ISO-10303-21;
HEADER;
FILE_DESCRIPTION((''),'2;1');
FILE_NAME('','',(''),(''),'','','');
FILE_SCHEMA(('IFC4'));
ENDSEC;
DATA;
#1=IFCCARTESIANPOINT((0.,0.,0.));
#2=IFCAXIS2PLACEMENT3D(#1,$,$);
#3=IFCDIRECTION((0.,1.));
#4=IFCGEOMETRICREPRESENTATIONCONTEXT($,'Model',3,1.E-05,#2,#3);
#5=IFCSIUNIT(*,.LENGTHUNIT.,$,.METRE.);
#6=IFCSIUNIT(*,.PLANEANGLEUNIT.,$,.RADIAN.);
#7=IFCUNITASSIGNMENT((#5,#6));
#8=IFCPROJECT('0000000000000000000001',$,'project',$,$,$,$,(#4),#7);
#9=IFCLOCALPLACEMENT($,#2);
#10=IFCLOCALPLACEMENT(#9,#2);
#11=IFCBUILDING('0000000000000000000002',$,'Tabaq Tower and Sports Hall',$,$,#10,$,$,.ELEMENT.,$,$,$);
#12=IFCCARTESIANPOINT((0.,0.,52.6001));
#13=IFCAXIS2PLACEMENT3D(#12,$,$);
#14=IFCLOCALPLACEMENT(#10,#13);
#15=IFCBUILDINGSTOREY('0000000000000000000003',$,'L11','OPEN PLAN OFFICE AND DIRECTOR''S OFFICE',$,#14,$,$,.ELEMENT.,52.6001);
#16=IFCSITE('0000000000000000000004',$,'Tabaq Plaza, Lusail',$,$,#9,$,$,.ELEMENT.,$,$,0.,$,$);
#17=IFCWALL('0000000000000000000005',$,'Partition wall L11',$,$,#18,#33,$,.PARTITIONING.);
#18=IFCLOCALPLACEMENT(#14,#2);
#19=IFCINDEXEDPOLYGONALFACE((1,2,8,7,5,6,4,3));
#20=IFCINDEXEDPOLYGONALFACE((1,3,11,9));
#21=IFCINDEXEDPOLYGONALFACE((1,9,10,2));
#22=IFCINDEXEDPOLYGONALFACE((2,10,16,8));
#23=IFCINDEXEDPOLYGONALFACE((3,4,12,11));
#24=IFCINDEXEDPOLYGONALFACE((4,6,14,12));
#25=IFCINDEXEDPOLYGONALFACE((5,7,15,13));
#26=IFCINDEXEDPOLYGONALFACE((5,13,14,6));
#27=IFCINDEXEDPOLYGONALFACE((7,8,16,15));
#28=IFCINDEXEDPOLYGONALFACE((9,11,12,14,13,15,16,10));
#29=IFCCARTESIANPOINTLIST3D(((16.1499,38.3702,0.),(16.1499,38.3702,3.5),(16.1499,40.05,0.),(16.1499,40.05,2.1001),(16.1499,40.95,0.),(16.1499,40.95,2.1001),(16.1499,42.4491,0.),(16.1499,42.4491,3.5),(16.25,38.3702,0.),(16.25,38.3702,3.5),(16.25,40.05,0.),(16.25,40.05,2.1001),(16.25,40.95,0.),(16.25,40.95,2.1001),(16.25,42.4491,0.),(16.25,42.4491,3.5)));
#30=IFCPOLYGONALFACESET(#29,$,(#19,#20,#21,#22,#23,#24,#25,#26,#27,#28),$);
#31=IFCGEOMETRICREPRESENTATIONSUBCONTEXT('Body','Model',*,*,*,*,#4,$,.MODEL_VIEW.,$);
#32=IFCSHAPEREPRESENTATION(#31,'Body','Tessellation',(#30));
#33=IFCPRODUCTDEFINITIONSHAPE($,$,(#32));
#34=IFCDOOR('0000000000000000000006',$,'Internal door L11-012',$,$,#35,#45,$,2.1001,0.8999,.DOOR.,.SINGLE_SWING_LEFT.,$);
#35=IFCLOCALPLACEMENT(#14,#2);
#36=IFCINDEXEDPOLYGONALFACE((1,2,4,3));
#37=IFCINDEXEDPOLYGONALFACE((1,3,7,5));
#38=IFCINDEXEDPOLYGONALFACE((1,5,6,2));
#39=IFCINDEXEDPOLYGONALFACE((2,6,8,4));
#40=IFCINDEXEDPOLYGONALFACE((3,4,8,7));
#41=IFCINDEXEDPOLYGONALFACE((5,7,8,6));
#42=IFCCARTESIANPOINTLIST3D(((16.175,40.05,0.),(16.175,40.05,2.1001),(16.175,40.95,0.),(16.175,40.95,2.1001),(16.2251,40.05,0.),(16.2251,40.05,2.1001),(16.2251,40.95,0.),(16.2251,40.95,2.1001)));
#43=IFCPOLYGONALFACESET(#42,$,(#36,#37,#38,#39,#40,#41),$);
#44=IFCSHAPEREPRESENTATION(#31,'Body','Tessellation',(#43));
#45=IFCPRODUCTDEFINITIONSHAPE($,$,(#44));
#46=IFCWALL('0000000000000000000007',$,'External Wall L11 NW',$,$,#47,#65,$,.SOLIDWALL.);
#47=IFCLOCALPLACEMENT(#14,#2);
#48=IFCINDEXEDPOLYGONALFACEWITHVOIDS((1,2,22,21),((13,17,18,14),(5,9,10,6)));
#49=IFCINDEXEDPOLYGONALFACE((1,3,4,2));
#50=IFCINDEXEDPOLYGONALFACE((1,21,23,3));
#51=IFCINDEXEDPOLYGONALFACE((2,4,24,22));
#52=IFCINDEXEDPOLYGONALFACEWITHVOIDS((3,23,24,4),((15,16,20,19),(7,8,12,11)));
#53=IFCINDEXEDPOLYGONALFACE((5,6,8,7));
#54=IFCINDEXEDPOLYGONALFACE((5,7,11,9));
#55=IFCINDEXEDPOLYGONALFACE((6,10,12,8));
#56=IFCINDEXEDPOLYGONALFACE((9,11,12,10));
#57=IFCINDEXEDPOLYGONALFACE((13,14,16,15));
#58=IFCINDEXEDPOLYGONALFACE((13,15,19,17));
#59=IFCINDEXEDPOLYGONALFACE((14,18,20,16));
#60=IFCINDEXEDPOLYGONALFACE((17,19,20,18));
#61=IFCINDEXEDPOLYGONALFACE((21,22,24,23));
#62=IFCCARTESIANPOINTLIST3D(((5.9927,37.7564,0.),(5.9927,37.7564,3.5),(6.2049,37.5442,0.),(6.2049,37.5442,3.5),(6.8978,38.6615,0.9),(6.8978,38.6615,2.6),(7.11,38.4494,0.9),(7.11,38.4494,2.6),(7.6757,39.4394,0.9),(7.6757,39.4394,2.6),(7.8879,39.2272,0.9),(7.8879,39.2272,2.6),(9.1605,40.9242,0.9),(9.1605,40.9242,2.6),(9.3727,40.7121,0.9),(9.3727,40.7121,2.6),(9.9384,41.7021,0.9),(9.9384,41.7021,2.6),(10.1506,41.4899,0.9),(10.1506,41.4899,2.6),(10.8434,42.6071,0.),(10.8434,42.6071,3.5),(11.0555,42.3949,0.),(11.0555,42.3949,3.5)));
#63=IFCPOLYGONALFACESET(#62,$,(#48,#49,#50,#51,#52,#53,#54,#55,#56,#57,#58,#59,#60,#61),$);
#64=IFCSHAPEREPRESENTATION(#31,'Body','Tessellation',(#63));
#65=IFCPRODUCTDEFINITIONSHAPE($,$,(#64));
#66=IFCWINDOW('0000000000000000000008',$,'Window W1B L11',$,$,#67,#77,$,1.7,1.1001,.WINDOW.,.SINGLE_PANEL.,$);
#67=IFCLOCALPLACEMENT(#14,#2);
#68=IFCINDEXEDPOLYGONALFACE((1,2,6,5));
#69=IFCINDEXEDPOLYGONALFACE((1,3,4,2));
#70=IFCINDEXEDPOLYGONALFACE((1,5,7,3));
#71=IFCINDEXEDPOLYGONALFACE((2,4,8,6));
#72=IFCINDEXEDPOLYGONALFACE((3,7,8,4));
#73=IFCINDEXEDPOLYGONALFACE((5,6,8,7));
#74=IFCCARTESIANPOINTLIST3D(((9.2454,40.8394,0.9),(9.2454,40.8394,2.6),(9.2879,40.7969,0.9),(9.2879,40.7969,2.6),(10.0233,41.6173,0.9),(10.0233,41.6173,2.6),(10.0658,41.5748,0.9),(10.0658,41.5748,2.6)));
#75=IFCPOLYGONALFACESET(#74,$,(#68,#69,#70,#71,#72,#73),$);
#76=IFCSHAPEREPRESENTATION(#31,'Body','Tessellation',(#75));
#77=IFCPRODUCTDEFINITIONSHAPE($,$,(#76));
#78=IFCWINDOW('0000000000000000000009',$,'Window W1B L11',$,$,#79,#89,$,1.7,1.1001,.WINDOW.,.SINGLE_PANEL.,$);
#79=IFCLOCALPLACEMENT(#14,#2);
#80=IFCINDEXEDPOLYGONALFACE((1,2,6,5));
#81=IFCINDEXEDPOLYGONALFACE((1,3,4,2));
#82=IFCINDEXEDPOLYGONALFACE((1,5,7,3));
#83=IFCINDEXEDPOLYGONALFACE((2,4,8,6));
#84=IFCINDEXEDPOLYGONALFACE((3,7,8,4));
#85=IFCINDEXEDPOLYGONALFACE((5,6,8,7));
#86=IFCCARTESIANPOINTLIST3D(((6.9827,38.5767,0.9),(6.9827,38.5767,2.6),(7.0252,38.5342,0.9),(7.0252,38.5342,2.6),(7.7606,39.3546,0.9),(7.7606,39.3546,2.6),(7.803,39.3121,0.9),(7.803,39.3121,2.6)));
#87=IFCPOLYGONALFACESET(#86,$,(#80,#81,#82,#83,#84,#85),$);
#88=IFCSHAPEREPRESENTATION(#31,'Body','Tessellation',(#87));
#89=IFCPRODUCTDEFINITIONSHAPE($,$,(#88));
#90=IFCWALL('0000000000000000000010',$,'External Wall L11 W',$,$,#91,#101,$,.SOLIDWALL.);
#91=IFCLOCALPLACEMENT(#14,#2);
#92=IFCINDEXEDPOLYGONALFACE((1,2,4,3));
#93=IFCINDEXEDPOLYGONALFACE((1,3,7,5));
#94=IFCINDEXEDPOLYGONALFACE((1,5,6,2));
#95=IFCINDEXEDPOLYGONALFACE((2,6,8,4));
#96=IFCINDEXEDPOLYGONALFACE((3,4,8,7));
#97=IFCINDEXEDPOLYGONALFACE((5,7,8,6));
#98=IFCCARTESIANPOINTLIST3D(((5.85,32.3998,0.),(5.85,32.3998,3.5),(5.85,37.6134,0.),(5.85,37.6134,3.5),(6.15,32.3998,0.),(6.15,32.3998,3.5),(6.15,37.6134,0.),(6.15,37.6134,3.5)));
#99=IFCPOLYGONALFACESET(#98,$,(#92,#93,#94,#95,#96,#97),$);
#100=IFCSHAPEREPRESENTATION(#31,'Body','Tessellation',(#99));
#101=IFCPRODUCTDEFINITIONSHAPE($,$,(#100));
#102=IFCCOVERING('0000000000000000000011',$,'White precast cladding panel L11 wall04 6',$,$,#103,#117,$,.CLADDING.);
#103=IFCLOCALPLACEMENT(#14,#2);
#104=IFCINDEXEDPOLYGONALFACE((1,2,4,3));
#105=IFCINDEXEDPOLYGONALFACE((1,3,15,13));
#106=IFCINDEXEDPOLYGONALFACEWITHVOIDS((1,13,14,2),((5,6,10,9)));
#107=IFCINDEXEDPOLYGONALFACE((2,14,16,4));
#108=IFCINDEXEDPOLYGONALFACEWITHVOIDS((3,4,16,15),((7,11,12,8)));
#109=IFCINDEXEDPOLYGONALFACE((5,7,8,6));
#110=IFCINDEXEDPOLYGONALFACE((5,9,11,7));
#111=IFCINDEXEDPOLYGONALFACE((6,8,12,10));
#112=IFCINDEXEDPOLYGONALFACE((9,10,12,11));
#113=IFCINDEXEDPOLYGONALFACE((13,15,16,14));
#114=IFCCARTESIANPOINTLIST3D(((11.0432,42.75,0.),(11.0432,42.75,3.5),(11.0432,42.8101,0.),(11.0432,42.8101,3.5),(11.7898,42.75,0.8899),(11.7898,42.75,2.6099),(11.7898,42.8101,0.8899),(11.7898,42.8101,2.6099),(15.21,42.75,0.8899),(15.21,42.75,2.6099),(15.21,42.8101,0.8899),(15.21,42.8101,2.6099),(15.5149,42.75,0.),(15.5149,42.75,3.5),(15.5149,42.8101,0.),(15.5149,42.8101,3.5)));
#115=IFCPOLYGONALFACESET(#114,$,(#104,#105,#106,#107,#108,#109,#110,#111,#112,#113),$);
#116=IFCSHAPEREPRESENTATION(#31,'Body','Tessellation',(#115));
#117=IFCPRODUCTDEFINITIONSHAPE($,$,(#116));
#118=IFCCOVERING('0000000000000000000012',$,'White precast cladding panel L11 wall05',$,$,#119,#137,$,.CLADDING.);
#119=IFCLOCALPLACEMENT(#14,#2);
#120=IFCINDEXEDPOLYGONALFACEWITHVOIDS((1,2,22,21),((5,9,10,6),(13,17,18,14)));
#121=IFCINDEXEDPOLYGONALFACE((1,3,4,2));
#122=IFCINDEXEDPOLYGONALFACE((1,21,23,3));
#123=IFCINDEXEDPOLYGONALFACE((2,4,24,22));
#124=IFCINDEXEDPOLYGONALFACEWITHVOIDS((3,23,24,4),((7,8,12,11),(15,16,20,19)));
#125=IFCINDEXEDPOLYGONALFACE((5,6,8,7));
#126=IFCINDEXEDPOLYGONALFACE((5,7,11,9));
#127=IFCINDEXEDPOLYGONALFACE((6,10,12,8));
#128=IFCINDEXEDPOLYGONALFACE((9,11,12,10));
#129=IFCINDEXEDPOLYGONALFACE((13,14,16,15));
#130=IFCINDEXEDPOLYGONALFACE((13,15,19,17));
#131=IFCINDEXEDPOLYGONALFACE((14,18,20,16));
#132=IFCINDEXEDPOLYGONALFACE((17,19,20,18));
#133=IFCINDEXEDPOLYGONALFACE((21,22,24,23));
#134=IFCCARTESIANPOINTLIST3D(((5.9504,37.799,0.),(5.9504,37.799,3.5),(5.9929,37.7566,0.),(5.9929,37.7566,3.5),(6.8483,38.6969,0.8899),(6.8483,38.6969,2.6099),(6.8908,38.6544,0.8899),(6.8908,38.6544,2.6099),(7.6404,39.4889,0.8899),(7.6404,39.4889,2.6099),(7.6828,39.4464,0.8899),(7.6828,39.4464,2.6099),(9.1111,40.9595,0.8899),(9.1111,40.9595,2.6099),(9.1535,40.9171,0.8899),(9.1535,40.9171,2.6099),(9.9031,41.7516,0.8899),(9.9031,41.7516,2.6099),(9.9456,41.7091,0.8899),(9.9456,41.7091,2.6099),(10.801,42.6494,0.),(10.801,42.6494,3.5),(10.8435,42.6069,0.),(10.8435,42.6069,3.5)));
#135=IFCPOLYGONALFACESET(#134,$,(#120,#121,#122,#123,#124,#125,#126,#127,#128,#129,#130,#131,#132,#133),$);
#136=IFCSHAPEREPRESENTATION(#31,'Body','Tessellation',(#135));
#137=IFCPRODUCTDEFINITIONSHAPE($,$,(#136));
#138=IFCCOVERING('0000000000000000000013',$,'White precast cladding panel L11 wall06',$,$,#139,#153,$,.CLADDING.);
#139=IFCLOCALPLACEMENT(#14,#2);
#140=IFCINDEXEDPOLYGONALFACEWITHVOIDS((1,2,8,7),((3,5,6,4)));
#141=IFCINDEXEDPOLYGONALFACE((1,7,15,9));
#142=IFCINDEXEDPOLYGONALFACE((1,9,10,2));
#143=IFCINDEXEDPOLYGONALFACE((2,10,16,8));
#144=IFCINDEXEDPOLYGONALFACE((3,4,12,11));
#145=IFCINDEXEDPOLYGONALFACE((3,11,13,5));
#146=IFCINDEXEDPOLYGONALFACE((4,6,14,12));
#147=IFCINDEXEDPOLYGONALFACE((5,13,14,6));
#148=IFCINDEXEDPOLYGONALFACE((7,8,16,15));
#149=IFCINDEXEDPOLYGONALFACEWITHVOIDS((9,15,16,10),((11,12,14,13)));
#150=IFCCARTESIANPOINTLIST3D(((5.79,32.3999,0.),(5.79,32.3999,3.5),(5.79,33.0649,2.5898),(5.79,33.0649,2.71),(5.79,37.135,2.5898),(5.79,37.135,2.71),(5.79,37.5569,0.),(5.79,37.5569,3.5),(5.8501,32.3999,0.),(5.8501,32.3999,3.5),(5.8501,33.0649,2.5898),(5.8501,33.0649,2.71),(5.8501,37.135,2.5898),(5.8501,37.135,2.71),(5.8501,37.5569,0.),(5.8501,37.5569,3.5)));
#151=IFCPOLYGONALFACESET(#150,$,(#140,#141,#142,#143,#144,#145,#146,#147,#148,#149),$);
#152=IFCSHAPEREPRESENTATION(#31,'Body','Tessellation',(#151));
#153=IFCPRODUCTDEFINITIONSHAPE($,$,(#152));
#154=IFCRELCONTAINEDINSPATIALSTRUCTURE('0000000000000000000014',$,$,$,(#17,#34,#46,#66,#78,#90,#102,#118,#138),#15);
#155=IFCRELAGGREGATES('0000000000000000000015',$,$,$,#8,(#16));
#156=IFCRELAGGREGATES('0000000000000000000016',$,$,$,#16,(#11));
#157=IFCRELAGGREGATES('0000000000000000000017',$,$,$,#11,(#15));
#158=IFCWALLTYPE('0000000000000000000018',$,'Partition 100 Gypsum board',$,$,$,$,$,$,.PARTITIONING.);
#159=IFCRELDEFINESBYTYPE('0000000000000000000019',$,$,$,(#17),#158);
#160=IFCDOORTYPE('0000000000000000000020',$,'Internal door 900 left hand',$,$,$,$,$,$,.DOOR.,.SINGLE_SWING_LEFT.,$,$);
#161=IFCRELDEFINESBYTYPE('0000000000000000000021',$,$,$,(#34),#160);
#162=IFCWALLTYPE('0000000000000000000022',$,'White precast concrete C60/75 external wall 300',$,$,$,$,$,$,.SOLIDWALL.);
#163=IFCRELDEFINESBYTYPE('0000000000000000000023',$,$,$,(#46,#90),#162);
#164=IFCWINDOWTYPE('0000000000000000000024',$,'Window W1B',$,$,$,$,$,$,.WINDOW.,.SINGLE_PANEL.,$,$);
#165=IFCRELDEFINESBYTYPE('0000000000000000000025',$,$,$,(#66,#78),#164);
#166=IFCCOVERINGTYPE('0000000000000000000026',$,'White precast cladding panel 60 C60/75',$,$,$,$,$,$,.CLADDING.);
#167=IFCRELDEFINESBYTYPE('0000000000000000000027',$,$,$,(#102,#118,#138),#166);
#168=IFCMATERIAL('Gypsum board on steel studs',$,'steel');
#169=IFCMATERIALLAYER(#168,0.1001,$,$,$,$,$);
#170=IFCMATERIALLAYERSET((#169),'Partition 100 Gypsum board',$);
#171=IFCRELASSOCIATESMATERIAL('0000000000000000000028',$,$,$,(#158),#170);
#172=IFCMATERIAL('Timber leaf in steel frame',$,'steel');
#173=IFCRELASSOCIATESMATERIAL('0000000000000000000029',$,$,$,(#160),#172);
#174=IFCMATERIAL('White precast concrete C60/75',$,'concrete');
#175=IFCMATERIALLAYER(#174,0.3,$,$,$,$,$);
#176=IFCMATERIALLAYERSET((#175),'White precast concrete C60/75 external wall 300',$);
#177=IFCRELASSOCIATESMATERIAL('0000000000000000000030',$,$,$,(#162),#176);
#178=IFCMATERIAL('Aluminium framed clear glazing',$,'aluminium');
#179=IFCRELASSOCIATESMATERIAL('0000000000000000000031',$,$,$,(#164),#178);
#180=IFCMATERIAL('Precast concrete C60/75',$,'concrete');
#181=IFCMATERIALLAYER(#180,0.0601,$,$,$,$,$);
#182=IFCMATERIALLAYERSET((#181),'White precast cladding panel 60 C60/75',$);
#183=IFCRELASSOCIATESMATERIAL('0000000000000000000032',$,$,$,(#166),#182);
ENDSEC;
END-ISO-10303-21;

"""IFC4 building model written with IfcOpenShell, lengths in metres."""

from ifc_helpers import new_model, si_unit, direction, frame, frame_2d, origin, place, context, subcontext, project, spatial, polyline, rectangle, outline, extrude, material, layer, layer_set, type_object, element, fill, save


model = new_model("IFC4")

# Units and contexts
model_context = context("Model", 3, precision=1e-05, world=origin(), true_north=direction((0.0, 1.0)))
body_context = subcontext(model_context, "Body", "Model", "MODEL_VIEW")
ifc_project = project(units=[si_unit("LENGTHUNIT", "METRE"), si_unit("PLANEANGLEUNIT", "RADIAN")], contexts=[model_context])

# Site, building, storey
site_placement = place(None, origin())
site = spatial("IfcSite", under=ifc_project, at=site_placement, Name="Tabaq Plaza, Lusail", CompositionType="ELEMENT", RefElevation=0.0)
building_placement = place(site_placement, origin())
building = spatial("IfcBuilding", under=site, at=building_placement, Name="Tabaq Tower and Sports Hall", CompositionType="ELEMENT")
storey_placement = place(building_placement, frame((0.0, 0.0, 52.6001)))
storey = spatial("IfcBuildingStorey", under=building, at=storey_placement, Name="L11", Description="OPEN PLAN OFFICE AND DIRECTOR'S OFFICE", CompositionType="ELEMENT", Elevation=52.6001)

# Shared definitions
ifc_material_1 = material(Name="Gypsum board on steel studs", Category="steel")
ifc_layer_1 = layer(ifc_material_1, 0.1001)
ifc_layer_set_1 = layer_set([ifc_layer_1], Name="Partition 100 Gypsum board")
wall_type_1 = type_object("IfcWallType", Name="Partition 100 Gypsum board", PredefinedType="PARTITIONING", material=ifc_layer_set_1)

# Wall, opening, door
ifc_material_2 = material(Name="Timber leaf in steel frame", Category="steel")
door_type_1 = type_object("IfcDoorType", Name="Internal door 900 left hand", OperationType="SINGLE_SWING_LEFT", PredefinedType="DOOR", material=ifc_material_2)
wall_1_placement = place(storey_placement, frame((16.2, 38.3701, 0.0), z_axis=(0.0, 0.0, 1.0), x_axis=(0.0, 1.0, 0.0)))
wall_1 = element("IfcWall", 1, at=wall_1_placement, inside=storey, type_object=wall_type_1, Name="Partition wall L11", PredefinedType="PARTITIONING", context=body_context, shape_type="SweptSolid", body=[
    extrude(rectangle(XDim=4.0789, YDim=0.1001, at=frame_2d((2.0396, 0.0))), origin(), (0.0, 0.0, 1.0), 3.5),
])
opening_1_placement = place(wall_1_placement, frame((1.6799, 0.0, 0.0)))
opening_1 = element("IfcOpeningElement", 2, at=opening_1_placement, cuts=wall_1, PredefinedType="OPENING", context=body_context, shape_type="SweptSolid", body=[
    extrude(rectangle(XDim=0.8999, YDim=2.1001, at=frame_2d((0.45, 1.05))), frame((0.0, 0.05, 0.0), z_axis=(0.0, -1.0, 0.0), x_axis=(1.0, 0.0, 0.0)), (0.0, 0.0, 1.0), 0.1001),
])
door_1_placement = place(opening_1_placement, origin())
door_1 = element("IfcDoor", 3, at=door_1_placement, inside=storey, type_object=door_type_1, Name="Internal door L11-012", OperationType="SINGLE_SWING_LEFT", OverallHeight=2.1001, OverallWidth=0.8999, PredefinedType="DOOR", context=body_context, shape_type="SweptSolid", body=[
    extrude(rectangle(XDim=0.8999, YDim=2.1001, at=frame_2d((0.45, 1.05))), frame((0.0, 0.0249, 0.0), z_axis=(0.0, -1.0, 0.0), x_axis=(1.0, 0.0, 0.0)), (0.0, 0.0, 1.0), 0.05),
])
fill(opening_1, door_1)

# Wall, openings, windows
ifc_material_3 = material(Name="White precast concrete C60/75", Category="concrete")
ifc_layer_2 = layer(ifc_material_3, 0.3)
ifc_layer_set_2 = layer_set([ifc_layer_2], Name="White precast concrete C60/75 external wall 300")
wall_type_2 = type_object("IfcWallType", Name="White precast concrete C60/75 external wall 300", PredefinedType="SOLIDWALL", material=ifc_layer_set_2)
wall_2_placement = place(storey_placement, frame((10.9495, 42.501, 0.0), z_axis=(0.0, 0.0, 1.0), x_axis=(-0.707107, -0.707107, 0.0)))
wall_2 = element("IfcWall", 4, at=wall_2_placement, inside=storey, type_object=wall_type_2, Name="External Wall L11 NW", PredefinedType="SOLIDWALL", context=body_context, shape_type="SweptSolid", body=[
    extrude(rectangle(XDim=6.8599, YDim=0.3, at=frame_2d((3.4299, 0.0))), origin(), (0.0, 0.0, 1.0), 3.5),
])
opening_2_placement = place(wall_2_placement, frame((1.2798, 0.0, 0.8999)))
opening_2 = element("IfcOpeningElement", 5, at=opening_2_placement, cuts=wall_2, PredefinedType="OPENING", context=body_context, shape_type="SweptSolid", body=[
    extrude(rectangle(XDim=1.1001, YDim=1.7, at=frame_2d((0.55, 0.8501))), frame((0.0, 0.1602, 0.0), z_axis=(0.0, -1.0, 0.0), x_axis=(1.0, 0.0, 0.0)), (0.0, 0.0, 1.0), 0.3201),
])
opening_3_placement = place(wall_2_placement, frame((4.4797, 0.0, 0.8999)))
opening_3 = element("IfcOpeningElement", 6, at=opening_3_placement, cuts=wall_2, PredefinedType="OPENING", context=body_context, shape_type="SweptSolid", body=[
    extrude(rectangle(XDim=1.1001, YDim=1.7, at=frame_2d((0.55, 0.8501))), frame((0.0, 0.1602, 0.0), z_axis=(0.0, -1.0, 0.0), x_axis=(1.0, 0.0, 0.0)), (0.0, 0.0, 1.0), 0.3201),
])
ifc_material_4 = material(Name="Aluminium framed clear glazing", Category="aluminium")
window_type = type_object("IfcWindowType", Name="Window W1B", PartitioningType="SINGLE_PANEL", PredefinedType="WINDOW", material=ifc_material_4)
window_1_placement = place(opening_2_placement, origin())
window_1 = element("IfcWindow", 7, at=window_1_placement, inside=storey, type_object=window_type, Name="Window W1B L11", OverallHeight=1.7, OverallWidth=1.1001, PartitioningType="SINGLE_PANEL", PredefinedType="WINDOW", context=body_context, shape_type="SweptSolid", body=[
    extrude(rectangle(XDim=1.1001, YDim=1.7, at=frame_2d((0.55, 0.8501))), frame((0.0, 0.03, 0.0), z_axis=(0.0, -1.0, 0.0), x_axis=(1.0, 0.0, 0.0)), (0.0, 0.0, 1.0), 0.0601),
])
fill(opening_2, window_1)
window_2_placement = place(opening_3_placement, origin())
window_2 = element("IfcWindow", 8, at=window_2_placement, inside=storey, type_object=window_type, Name="Window W1B L11", OverallHeight=1.7, OverallWidth=1.1001, PartitioningType="SINGLE_PANEL", PredefinedType="WINDOW", context=body_context, shape_type="SweptSolid", body=[
    extrude(rectangle(XDim=1.1001, YDim=1.7, at=frame_2d((0.55, 0.8501))), frame((0.0, 0.03, 0.0), z_axis=(0.0, -1.0, 0.0), x_axis=(1.0, 0.0, 0.0)), (0.0, 0.0, 1.0), 0.0601),
])
fill(opening_3, window_2)

# Wall
wall_3_placement = place(storey_placement, frame((6.0, 37.6135, 0.0), z_axis=(0.0, 0.0, 1.0), x_axis=(0.0, -1.0, 0.0)))
element("IfcWall", 9, at=wall_3_placement, inside=storey, type_object=wall_type_2, Name="External Wall L11 W", PredefinedType="SOLIDWALL", context=body_context, shape_type="SweptSolid", body=[
    extrude(rectangle(XDim=5.2136, YDim=0.3, at=frame_2d((2.6069, 0.0))), origin(), (0.0, 0.0, 1.0), 3.5),
])

# Coverings
ifc_material_5 = material(Name="Precast concrete C60/75", Category="concrete")
ifc_layer_3 = layer(ifc_material_5, 0.0601)
ifc_layer_set_3 = layer_set([ifc_layer_3], Name="White precast cladding panel 60 C60/75")
covering_type = type_object("IfcCoveringType", Name="White precast cladding panel 60 C60/75", PredefinedType="CLADDING", material=ifc_layer_set_3)
covering_1_placement = place(storey_placement, frame((15.5149, 42.78, 0.0), z_axis=(0.0, 0.0, 1.0), x_axis=(-1.0, 0.0, 0.0)))
element("IfcCovering", 10, at=covering_1_placement, inside=storey, type_object=covering_type, Name="White precast cladding panel L11 wall04 6", PredefinedType="CLADDING", context=body_context, shape_type="SweptSolid", body=[
    extrude(outline(polyline([(0.0, 0.0), (4.4717, 0.0), (4.4717, 3.5), (0.0, 3.5), (0.0, 0.0)]), holes=[polyline([(0.3049, 0.8899), (0.3049, 2.6099), (3.7251, 2.6099), (3.7251, 0.8899), (0.3049, 0.8899)])]), frame((0.0, 0.03, 0.0), z_axis=(0.0, -1.0, 0.0), x_axis=(1.0, 0.0, 0.0)), (0.0, 0.0, 1.0), 0.0601),
])
covering_2_placement = place(storey_placement, frame((10.8223, 42.6282, 0.0), z_axis=(0.0, 0.0, 1.0), x_axis=(-0.707125, -0.707089, 0.0)))
element("IfcCovering", 11, at=covering_2_placement, inside=storey, type_object=covering_type, Name="White precast cladding panel L11 wall05", PredefinedType="CLADDING", context=body_context, shape_type="SweptSolid", body=[
    extrude(outline(polyline([(0.0, 0.0), (6.8596, 0.0), (6.8596, 3.5), (0.0, 3.5), (0.0, 0.0)]), holes=[polyline([(1.2698, 2.6099), (2.3899, 2.6099), (2.3899, 0.8899), (1.2698, 0.8899), (1.2698, 2.6099)]), polyline([(4.4697, 2.6099), (5.5898, 2.6099), (5.5898, 0.8899), (4.4697, 0.8899), (4.4697, 2.6099)])]), frame((0.0, 0.03, 0.0), z_axis=(0.0, -1.0, 0.0), x_axis=(1.0, 0.0, 0.0)), (0.0, 0.0, 1.0), 0.0601),
])
covering_3_placement = place(storey_placement, frame((5.8201, 37.5569, 0.0), z_axis=(0.0, 0.0, 1.0), x_axis=(0.0, -1.0, 0.0)))
element("IfcCovering", 12, at=covering_3_placement, inside=storey, type_object=covering_type, Name="White precast cladding panel L11 wall06", PredefinedType="CLADDING", context=body_context, shape_type="SweptSolid", body=[
    extrude(outline(polyline([(0.0, 0.0), (5.157, 0.0), (5.157, 3.5), (0.0, 3.5), (0.0, 0.0)]), holes=[polyline([(0.4219, 2.5898), (0.4219, 2.71), (4.4919, 2.71), (4.4919, 2.5898), (0.4219, 2.5898)])]), frame((0.0, 0.03, 0.0), z_axis=(0.0, -1.0, 0.0), x_axis=(1.0, 0.0, 0.0)), (0.0, 0.0, 1.0), 0.0601),
])

save(model, "model.ifc")
